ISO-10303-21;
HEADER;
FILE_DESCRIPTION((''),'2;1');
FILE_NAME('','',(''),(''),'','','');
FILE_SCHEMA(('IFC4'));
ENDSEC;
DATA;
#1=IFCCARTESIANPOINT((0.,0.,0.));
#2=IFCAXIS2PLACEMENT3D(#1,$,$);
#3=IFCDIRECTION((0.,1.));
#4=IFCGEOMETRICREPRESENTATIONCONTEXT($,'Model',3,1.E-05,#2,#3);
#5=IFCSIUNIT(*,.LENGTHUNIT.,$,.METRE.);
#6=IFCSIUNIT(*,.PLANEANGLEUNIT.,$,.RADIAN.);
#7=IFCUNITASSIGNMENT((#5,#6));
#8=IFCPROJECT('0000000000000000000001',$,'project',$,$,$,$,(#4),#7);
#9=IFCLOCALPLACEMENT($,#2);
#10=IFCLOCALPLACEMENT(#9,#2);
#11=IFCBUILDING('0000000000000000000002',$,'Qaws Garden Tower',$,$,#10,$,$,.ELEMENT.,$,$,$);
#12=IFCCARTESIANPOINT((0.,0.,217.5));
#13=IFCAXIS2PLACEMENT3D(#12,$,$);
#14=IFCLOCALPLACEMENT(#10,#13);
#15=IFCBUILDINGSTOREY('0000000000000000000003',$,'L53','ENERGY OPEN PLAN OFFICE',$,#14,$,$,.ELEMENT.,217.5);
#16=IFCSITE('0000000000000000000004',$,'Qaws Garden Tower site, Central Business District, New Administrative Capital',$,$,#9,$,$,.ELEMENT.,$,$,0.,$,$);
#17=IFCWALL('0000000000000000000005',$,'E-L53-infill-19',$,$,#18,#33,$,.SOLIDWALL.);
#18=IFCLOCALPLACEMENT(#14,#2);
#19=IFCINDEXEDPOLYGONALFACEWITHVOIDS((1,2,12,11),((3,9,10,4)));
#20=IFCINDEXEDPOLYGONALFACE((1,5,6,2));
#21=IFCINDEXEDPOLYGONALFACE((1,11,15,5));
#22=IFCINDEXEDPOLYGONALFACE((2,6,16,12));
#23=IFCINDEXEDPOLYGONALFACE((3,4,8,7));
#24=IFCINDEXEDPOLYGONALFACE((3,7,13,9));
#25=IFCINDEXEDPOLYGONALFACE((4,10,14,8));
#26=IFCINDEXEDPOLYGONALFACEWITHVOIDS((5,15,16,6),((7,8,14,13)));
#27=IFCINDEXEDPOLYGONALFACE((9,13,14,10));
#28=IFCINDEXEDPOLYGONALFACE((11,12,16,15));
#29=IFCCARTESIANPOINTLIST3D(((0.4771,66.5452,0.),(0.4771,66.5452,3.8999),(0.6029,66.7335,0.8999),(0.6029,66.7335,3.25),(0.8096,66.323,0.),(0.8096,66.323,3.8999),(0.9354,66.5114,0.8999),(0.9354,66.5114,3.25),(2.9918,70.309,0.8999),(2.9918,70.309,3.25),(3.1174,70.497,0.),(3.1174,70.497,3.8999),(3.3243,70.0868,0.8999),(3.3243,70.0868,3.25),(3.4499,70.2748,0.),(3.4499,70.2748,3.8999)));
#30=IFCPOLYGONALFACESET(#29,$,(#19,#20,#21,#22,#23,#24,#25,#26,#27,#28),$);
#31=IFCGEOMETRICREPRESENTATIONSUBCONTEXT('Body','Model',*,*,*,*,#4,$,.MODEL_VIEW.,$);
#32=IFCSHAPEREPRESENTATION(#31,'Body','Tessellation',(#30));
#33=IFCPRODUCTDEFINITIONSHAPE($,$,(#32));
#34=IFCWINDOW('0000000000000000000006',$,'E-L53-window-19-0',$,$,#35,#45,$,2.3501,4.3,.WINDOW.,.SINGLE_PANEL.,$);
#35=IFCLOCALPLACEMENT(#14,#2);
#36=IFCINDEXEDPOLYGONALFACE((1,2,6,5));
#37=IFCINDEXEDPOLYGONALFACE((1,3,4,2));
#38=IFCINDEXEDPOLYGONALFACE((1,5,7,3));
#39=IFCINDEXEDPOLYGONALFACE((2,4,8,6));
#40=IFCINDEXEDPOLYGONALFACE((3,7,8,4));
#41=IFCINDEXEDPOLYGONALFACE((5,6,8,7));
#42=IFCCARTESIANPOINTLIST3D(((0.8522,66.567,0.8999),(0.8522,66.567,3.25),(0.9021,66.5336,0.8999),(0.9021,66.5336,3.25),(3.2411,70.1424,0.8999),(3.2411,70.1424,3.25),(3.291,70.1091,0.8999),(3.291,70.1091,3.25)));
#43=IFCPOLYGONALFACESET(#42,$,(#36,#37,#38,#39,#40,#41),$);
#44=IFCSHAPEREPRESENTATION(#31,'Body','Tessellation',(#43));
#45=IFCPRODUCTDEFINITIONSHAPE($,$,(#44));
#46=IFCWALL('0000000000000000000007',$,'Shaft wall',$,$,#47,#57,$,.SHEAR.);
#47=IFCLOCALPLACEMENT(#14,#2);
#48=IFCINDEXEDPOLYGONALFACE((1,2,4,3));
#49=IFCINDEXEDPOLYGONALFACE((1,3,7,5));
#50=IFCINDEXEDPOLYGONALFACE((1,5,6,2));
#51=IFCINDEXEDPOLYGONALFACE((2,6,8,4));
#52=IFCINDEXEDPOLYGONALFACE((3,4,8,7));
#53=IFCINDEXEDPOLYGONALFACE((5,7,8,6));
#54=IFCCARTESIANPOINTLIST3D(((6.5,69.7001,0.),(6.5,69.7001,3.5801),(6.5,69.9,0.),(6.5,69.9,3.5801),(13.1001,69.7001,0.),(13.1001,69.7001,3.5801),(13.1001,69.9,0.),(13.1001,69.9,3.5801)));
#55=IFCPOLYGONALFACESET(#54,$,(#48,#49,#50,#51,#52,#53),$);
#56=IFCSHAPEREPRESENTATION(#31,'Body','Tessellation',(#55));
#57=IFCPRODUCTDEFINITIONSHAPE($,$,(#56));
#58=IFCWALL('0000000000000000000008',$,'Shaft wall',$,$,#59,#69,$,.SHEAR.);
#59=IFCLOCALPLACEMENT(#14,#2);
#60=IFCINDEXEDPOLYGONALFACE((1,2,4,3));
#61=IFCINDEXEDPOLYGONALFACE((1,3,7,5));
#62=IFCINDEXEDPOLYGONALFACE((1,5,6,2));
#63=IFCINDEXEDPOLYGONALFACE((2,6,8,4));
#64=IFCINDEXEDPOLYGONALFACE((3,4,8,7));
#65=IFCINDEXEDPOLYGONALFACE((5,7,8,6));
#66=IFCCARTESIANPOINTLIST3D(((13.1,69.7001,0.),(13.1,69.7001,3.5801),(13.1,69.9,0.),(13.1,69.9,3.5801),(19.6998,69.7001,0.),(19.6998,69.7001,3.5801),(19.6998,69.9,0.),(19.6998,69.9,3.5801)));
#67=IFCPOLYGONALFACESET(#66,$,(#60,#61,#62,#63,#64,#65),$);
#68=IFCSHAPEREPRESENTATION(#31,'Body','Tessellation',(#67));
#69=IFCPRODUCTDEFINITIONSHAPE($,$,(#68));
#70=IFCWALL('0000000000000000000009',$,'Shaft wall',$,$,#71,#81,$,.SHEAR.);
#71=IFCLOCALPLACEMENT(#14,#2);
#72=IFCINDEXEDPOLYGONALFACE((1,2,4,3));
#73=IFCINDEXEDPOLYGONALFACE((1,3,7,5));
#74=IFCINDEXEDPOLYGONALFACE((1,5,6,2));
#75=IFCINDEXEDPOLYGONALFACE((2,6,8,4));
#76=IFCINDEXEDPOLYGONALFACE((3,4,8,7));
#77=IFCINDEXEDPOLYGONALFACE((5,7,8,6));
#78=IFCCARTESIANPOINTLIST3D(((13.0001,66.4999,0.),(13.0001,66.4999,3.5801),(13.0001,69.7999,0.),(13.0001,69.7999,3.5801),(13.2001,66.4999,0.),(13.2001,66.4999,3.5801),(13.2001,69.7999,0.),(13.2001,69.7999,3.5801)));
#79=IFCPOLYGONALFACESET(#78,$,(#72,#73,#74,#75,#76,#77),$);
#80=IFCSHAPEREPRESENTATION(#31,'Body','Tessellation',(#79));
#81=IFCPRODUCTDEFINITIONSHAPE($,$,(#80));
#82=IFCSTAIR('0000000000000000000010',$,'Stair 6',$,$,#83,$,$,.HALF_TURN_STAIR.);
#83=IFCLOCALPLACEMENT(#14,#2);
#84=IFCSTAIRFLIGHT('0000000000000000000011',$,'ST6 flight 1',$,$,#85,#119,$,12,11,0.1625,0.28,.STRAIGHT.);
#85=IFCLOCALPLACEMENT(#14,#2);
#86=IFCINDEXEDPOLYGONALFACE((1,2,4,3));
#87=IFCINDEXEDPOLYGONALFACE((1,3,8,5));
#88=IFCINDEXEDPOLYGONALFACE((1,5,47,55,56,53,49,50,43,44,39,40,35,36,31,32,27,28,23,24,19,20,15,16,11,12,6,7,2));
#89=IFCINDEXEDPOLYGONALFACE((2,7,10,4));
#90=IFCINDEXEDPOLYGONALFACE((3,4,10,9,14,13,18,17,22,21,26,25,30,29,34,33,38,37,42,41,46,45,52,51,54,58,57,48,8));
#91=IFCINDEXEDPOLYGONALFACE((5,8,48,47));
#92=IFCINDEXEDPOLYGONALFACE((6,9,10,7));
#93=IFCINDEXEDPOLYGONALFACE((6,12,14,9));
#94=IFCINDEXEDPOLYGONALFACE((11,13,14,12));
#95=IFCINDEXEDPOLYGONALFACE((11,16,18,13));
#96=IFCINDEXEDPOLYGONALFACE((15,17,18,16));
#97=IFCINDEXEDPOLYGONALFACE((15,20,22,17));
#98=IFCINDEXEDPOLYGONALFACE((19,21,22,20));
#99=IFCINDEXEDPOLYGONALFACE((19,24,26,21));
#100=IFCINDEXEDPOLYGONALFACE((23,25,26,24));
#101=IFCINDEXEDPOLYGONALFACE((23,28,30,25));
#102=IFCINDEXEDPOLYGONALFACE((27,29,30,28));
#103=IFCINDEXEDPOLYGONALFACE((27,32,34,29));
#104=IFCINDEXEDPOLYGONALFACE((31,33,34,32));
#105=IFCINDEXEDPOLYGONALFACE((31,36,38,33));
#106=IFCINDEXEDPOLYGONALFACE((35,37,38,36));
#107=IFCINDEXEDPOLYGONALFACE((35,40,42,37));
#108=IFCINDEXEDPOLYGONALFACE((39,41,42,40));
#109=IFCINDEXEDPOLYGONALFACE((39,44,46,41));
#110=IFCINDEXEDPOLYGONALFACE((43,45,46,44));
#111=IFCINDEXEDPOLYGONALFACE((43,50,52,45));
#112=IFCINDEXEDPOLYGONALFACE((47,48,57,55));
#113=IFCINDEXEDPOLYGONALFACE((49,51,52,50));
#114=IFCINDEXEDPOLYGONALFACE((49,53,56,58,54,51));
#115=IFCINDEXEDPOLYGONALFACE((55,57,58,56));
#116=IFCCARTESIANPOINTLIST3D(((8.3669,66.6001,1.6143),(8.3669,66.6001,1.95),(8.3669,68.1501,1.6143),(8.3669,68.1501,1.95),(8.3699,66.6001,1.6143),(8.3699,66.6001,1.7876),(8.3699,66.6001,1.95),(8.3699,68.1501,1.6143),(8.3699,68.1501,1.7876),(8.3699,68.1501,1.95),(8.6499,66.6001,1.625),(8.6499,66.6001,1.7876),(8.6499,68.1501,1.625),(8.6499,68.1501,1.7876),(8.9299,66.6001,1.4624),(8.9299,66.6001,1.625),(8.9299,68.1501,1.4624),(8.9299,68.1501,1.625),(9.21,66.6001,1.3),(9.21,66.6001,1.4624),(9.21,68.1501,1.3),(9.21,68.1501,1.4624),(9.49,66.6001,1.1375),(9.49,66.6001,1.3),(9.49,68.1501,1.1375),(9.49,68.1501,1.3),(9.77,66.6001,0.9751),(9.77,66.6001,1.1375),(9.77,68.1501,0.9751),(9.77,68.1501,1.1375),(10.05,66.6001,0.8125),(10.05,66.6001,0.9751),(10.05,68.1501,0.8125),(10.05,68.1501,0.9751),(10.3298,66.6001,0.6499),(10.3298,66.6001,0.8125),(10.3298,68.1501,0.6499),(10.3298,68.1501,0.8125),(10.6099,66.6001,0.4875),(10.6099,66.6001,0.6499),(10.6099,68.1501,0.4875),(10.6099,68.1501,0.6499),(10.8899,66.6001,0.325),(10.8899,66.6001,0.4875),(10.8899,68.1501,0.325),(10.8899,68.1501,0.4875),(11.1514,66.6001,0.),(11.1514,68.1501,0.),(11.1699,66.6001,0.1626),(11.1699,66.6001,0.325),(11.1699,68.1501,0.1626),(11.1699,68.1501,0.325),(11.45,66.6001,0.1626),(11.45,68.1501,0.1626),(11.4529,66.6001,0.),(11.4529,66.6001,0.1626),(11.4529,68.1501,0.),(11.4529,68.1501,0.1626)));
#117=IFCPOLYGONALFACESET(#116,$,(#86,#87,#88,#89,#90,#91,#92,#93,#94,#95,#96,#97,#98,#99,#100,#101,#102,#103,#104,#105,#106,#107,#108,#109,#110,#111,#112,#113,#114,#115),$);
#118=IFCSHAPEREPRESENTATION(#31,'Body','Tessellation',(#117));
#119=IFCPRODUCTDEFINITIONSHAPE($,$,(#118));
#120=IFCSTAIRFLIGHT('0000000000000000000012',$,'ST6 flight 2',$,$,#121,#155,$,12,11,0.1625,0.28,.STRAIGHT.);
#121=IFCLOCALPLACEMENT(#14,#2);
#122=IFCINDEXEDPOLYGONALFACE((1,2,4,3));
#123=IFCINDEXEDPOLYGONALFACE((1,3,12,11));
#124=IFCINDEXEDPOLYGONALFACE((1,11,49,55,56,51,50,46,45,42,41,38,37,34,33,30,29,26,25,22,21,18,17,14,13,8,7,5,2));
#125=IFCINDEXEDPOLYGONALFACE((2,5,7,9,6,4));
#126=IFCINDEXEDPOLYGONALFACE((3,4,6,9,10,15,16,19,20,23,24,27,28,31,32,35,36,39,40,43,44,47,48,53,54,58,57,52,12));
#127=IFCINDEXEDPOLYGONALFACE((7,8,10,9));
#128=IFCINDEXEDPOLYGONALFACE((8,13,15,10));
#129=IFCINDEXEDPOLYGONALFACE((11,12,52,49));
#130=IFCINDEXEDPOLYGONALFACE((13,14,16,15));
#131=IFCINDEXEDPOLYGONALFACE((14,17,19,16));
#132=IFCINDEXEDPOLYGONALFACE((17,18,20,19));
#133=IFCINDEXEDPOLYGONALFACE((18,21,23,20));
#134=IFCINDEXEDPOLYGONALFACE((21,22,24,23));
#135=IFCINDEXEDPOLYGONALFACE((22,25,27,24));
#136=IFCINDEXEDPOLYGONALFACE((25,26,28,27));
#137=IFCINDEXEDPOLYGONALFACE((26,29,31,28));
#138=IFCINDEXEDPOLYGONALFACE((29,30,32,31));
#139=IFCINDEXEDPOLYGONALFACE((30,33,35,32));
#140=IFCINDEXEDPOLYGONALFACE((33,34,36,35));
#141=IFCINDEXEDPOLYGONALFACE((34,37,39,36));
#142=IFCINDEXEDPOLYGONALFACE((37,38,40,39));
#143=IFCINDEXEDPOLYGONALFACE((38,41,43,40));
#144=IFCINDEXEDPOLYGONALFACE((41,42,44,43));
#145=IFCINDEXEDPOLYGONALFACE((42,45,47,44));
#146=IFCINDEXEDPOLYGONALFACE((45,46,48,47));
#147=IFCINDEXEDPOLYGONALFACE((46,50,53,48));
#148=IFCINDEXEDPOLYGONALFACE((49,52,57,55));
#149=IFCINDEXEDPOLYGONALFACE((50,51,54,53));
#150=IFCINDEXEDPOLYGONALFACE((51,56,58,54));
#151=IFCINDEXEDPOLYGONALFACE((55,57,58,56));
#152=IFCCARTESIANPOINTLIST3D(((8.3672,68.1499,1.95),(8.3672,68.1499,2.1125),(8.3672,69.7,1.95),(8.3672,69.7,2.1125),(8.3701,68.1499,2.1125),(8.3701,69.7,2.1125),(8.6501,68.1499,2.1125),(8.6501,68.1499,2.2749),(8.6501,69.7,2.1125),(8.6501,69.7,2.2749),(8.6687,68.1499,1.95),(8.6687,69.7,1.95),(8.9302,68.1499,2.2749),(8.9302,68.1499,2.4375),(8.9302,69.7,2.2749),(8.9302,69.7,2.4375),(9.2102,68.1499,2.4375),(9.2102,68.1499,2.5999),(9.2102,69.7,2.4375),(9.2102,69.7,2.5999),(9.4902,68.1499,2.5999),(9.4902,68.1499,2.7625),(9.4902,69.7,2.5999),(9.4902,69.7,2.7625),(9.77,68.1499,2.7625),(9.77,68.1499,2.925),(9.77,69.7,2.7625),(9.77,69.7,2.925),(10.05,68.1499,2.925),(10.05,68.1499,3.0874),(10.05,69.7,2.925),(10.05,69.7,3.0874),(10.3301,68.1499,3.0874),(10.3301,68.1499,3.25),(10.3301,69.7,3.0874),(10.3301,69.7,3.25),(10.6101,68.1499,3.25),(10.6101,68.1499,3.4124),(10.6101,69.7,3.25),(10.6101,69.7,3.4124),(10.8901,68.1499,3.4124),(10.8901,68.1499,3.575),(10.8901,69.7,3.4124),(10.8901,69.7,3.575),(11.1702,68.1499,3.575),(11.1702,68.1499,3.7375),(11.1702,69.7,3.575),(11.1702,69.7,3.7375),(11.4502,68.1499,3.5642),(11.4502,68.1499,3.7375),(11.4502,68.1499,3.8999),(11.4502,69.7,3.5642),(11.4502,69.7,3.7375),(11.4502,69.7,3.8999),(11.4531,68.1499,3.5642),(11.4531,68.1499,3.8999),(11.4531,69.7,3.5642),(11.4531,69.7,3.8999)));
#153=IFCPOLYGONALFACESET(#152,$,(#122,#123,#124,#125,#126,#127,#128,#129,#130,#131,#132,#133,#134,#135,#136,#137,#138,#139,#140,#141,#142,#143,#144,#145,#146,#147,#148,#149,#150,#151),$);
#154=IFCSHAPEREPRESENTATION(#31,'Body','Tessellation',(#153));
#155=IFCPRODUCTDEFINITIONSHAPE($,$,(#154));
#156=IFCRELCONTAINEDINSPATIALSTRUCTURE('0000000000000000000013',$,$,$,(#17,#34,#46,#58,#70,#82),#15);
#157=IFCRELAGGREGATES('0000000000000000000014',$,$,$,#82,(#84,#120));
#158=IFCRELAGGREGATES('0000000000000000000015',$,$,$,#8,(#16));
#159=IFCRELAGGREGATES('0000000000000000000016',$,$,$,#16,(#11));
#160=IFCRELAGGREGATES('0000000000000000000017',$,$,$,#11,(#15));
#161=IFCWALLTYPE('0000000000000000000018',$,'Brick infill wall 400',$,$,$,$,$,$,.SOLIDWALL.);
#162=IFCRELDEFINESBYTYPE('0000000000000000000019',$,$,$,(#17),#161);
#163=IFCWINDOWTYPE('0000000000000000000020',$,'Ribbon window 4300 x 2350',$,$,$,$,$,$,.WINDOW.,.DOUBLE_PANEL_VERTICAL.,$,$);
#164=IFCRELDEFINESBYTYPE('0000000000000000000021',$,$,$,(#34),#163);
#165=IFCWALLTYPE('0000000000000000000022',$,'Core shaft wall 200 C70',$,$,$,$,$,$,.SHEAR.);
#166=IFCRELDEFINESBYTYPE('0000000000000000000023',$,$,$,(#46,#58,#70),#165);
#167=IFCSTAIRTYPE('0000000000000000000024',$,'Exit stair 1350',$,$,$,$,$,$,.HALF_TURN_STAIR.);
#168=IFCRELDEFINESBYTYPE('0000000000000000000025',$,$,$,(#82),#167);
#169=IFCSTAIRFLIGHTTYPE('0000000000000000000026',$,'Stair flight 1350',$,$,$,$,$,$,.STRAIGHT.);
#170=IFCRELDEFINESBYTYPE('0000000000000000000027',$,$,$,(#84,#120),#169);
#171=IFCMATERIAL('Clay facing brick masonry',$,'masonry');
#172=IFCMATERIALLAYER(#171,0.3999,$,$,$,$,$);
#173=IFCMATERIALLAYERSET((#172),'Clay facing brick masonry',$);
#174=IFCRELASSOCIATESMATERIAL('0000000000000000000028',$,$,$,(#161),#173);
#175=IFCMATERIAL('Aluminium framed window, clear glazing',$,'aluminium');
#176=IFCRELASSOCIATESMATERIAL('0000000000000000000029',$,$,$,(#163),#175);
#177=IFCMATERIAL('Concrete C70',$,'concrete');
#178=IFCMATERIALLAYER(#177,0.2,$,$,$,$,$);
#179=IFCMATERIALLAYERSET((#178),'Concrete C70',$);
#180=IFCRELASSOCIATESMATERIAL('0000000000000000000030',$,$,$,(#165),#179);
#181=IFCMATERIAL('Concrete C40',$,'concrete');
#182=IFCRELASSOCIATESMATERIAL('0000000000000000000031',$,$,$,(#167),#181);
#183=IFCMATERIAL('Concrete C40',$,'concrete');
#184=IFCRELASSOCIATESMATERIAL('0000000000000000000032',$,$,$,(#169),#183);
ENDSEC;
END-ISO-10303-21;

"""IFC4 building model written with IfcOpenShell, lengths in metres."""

from ifc_helpers import new_model, si_unit, direction, frame, frame_2d, origin, place, context, subcontext, project, spatial, polyline, rectangle, outline, extrude, material, layer, layer_set, type_object, element, fill, aggregate, save


model = new_model("IFC4")

# Units and contexts
model_context = context("Model", 3, precision=1e-05, world=origin(), true_north=direction((0.0, 1.0)))
body_context = subcontext(model_context, "Body", "Model", "MODEL_VIEW")
ifc_project = project(units=[si_unit("LENGTHUNIT", "METRE"), si_unit("PLANEANGLEUNIT", "RADIAN")], contexts=[model_context])

# Site, building, storey
site_placement = place(None, origin())
site = spatial("IfcSite", under=ifc_project, at=site_placement, Name="Qaws Garden Tower site, Central Business District, New Administrative Capital", CompositionType="ELEMENT", RefElevation=0.0)
building_placement = place(site_placement, origin())
building = spatial("IfcBuilding", under=site, at=building_placement, Name="Qaws Garden Tower", CompositionType="ELEMENT")
storey_placement = place(building_placement, frame((0.0, 0.0, 217.5)))
storey = spatial("IfcBuildingStorey", under=building, at=storey_placement, Name="L53", Description="ENERGY OPEN PLAN OFFICE", CompositionType="ELEMENT", Elevation=217.5)

# Wall, opening, window
ifc_material_1 = material(Name="Clay facing brick masonry", Category="masonry")
ifc_layer_1 = layer(ifc_material_1, 0.3999)
ifc_layer_set_1 = layer_set([ifc_layer_1], Name="Clay facing brick masonry")
wall_type_1 = type_object("IfcWallType", Name="Brick infill wall 400", PredefinedType="SOLIDWALL", material=ifc_layer_set_1)
ifc_material_2 = material(Name="Aluminium framed window, clear glazing", Category="aluminium")
window_type = type_object("IfcWindowType", Name="Ribbon window 4300 x 2350", PartitioningType="DOUBLE_PANEL_VERTICAL", PredefinedType="WINDOW", material=ifc_material_2)
wall_1_placement = place(storey_placement, frame((3.2837, 70.386, 0.0), z_axis=(0.0, 0.0, 1.0), x_axis=(-0.555542, -0.831489, 0.0)))
wall_1 = element("IfcWall", 1, at=wall_1_placement, inside=storey, type_object=wall_type_1, Name="E-L53-infill-19", PredefinedType="SOLIDWALL", context=body_context, shape_type="SweptSolid", body=[
    extrude(rectangle(XDim=4.7527, YDim=0.3999, at=frame_2d((2.3765, 0.0))), origin(), (0.0, 0.0, 1.0), 3.8999),
])
opening_1_placement = place(wall_1_placement, frame((0.2263, 0.0, 0.8999)))
opening_1 = element("IfcOpeningElement", 2, at=opening_1_placement, cuts=wall_1, PredefinedType="OPENING", context=body_context, shape_type="SweptSolid", body=[
    extrude(rectangle(XDim=4.3, YDim=2.3501, at=frame_2d((2.1499, 1.175))), frame((0.0, 0.21, 0.0), z_axis=(0.0, -1.0, 0.0), x_axis=(1.0, 0.0, 0.0)), (0.0, 0.0, 1.0), 0.4199),
])
window_1_placement = place(opening_1_placement, origin())
window_1 = element("IfcWindow", 3, at=window_1_placement, inside=storey, type_object=window_type, Name="E-L53-window-19-0", OverallHeight=2.3501, OverallWidth=4.3, PartitioningType="SINGLE_PANEL", PredefinedType="WINDOW", context=body_context, shape_type="SweptSolid", body=[
    extrude(rectangle(XDim=4.3, YDim=2.3501, at=frame_2d((2.1499, 1.175))), frame((0.0, 0.1599, 0.0), z_axis=(0.0, -1.0, 0.0), x_axis=(1.0, 0.0, 0.0)), (0.0, 0.0, 1.0), 0.0601),
])
fill(opening_1, window_1)

# Walls
ifc_material_3 = material(Name="Concrete C70", Category="concrete")
ifc_layer_2 = layer(ifc_material_3, 0.2)
ifc_layer_set_2 = layer_set([ifc_layer_2], Name="Concrete C70")
wall_type_2 = type_object("IfcWallType", Name="Core shaft wall 200 C70", PredefinedType="SHEAR", material=ifc_layer_set_2)
wall_2_placement = place(storey_placement, frame((6.5, 69.8, 0.0), z_axis=(0.0, 0.0, 1.0), x_axis=(1.0, 0.0, 0.0)))
element("IfcWall", 4, at=wall_2_placement, inside=storey, type_object=wall_type_2, Name="Shaft wall", PredefinedType="SHEAR", context=body_context, shape_type="SweptSolid", body=[
    extrude(rectangle(XDim=6.6001, YDim=0.2, at=frame_2d((3.3, 0.0))), origin(), (0.0, 0.0, 1.0), 3.5801),
])
wall_3_placement = place(storey_placement, frame((13.1001, 69.8, 0.0), z_axis=(0.0, 0.0, 1.0), x_axis=(1.0, 0.0, 0.0)))
element("IfcWall", 5, at=wall_3_placement, inside=storey, type_object=wall_type_2, Name="Shaft wall", PredefinedType="SHEAR", context=body_context, shape_type="SweptSolid", body=[
    extrude(rectangle(XDim=6.5999, YDim=0.2, at=frame_2d((3.2998, 0.0))), origin(), (0.0, 0.0, 1.0), 3.5801),
])
wall_4_placement = place(storey_placement, frame((13.1001, 66.5, 0.0), z_axis=(0.0, 0.0, 1.0), x_axis=(0.0, 1.0, 0.0)))
element("IfcWall", 6, at=wall_4_placement, inside=storey, type_object=wall_type_2, Name="Shaft wall", PredefinedType="SHEAR", context=body_context, shape_type="SweptSolid", body=[
    extrude(rectangle(XDim=3.3, YDim=0.2, at=frame_2d((1.6499, 0.0))), origin(), (0.0, 0.0, 1.0), 3.5801),
])

# Stair, stair flights
ifc_material_4 = material(Name="Concrete C40", Category="concrete")
stair_type = type_object("IfcStairType", Name="Exit stair 1350", PredefinedType="HALF_TURN_STAIR", material=ifc_material_4)
placement = place(storey_placement, origin())
stair_1 = element("IfcStair", 7, at=placement, inside=storey, type_object=stair_type, Name="Stair 6", PredefinedType="HALF_TURN_STAIR")
ifc_material_5 = material(Name="Concrete C40", Category="concrete")
stair_flight_type = type_object("IfcStairFlightType", Name="Stair flight 1350", PredefinedType="STRAIGHT", material=ifc_material_5)
stair_flight_1_placement = place(storey_placement, frame((11.45, 67.375, 0.0), z_axis=(0.0, 0.0, 1.0), x_axis=(-1.0, 0.0, 0.0)))
stair_flight_1 = element("IfcStairFlight", 8, at=stair_flight_1_placement, type_object=stair_flight_type, Name="ST6 flight 1", NumberOfRisers=12, NumberOfTreads=11, PredefinedType="STRAIGHT", RiserHeight=0.1625, TreadLength=0.28, context=body_context, shape_type="SweptSolid", body=[
    extrude(outline(polyline([(-0.0029, 0.0), (-0.0029, 0.1626), (0.0, 0.1626), (0.28, 0.1626), (0.28, 0.325), (0.5601, 0.325), (0.5601, 0.4875), (0.8401, 0.4875), (0.8401, 0.6499), (1.1201, 0.6499), (1.1201, 0.8125), (1.3999, 0.8125), (1.3999, 0.9751), (1.6799, 0.9751), (1.6799, 1.1375), (1.96, 1.1375), (1.96, 1.3), (2.24, 1.3), (2.24, 1.4624), (2.52, 1.4624), (2.52, 1.625), (2.8, 1.625), (2.8, 1.7876), (3.0801, 1.7876), (3.0801, 1.95), (3.083, 1.95), (3.083, 1.6143), (3.0801, 1.6143), (0.2986, 0.0), (-0.0029, 0.0)])), frame((0.0, 0.7749, 0.0), z_axis=(0.0, -1.0, 0.0), x_axis=(1.0, 0.0, 0.0)), (0.0, 0.0, 1.0), 1.55),
])
stair_flight_2_placement = place(storey_placement, frame((8.3701, 68.925, 1.95), z_axis=(0.0, 0.0, 1.0), x_axis=(1.0, 0.0, 0.0)))
stair_flight_2 = element("IfcStairFlight", 9, at=stair_flight_2_placement, type_object=stair_flight_type, Name="ST6 flight 2", NumberOfRisers=12, NumberOfTreads=11, PredefinedType="STRAIGHT", RiserHeight=0.1625, TreadLength=0.28, context=body_context, shape_type="SweptSolid", body=[
    extrude(outline(polyline([(-0.0029, 0.0), (-0.0029, 0.1626), (0.0, 0.1626), (0.28, 0.1626), (0.28, 0.325), (0.5601, 0.325), (0.5601, 0.4875), (0.8401, 0.4875), (0.8401, 0.6499), (1.1201, 0.6499), (1.1201, 0.8125), (1.3999, 0.8125), (1.3999, 0.9751), (1.6799, 0.9751), (1.6799, 1.1375), (1.96, 1.1375), (1.96, 1.3), (2.24, 1.3), (2.24, 1.4624), (2.52, 1.4624), (2.52, 1.625), (2.8, 1.625), (2.8, 1.7876), (3.0801, 1.7876), (3.0801, 1.95), (3.083, 1.95), (3.083, 1.6143), (3.0801, 1.6143), (0.2986, 0.0), (-0.0029, 0.0)])), frame((0.0, 0.7749, 0.0), z_axis=(0.0, -1.0, 0.0), x_axis=(1.0, 0.0, 0.0)), (0.0, 0.0, 1.0), 1.55),
])
aggregate(stair_1, [stair_flight_1, stair_flight_2])

save(model, "model.ifc")
